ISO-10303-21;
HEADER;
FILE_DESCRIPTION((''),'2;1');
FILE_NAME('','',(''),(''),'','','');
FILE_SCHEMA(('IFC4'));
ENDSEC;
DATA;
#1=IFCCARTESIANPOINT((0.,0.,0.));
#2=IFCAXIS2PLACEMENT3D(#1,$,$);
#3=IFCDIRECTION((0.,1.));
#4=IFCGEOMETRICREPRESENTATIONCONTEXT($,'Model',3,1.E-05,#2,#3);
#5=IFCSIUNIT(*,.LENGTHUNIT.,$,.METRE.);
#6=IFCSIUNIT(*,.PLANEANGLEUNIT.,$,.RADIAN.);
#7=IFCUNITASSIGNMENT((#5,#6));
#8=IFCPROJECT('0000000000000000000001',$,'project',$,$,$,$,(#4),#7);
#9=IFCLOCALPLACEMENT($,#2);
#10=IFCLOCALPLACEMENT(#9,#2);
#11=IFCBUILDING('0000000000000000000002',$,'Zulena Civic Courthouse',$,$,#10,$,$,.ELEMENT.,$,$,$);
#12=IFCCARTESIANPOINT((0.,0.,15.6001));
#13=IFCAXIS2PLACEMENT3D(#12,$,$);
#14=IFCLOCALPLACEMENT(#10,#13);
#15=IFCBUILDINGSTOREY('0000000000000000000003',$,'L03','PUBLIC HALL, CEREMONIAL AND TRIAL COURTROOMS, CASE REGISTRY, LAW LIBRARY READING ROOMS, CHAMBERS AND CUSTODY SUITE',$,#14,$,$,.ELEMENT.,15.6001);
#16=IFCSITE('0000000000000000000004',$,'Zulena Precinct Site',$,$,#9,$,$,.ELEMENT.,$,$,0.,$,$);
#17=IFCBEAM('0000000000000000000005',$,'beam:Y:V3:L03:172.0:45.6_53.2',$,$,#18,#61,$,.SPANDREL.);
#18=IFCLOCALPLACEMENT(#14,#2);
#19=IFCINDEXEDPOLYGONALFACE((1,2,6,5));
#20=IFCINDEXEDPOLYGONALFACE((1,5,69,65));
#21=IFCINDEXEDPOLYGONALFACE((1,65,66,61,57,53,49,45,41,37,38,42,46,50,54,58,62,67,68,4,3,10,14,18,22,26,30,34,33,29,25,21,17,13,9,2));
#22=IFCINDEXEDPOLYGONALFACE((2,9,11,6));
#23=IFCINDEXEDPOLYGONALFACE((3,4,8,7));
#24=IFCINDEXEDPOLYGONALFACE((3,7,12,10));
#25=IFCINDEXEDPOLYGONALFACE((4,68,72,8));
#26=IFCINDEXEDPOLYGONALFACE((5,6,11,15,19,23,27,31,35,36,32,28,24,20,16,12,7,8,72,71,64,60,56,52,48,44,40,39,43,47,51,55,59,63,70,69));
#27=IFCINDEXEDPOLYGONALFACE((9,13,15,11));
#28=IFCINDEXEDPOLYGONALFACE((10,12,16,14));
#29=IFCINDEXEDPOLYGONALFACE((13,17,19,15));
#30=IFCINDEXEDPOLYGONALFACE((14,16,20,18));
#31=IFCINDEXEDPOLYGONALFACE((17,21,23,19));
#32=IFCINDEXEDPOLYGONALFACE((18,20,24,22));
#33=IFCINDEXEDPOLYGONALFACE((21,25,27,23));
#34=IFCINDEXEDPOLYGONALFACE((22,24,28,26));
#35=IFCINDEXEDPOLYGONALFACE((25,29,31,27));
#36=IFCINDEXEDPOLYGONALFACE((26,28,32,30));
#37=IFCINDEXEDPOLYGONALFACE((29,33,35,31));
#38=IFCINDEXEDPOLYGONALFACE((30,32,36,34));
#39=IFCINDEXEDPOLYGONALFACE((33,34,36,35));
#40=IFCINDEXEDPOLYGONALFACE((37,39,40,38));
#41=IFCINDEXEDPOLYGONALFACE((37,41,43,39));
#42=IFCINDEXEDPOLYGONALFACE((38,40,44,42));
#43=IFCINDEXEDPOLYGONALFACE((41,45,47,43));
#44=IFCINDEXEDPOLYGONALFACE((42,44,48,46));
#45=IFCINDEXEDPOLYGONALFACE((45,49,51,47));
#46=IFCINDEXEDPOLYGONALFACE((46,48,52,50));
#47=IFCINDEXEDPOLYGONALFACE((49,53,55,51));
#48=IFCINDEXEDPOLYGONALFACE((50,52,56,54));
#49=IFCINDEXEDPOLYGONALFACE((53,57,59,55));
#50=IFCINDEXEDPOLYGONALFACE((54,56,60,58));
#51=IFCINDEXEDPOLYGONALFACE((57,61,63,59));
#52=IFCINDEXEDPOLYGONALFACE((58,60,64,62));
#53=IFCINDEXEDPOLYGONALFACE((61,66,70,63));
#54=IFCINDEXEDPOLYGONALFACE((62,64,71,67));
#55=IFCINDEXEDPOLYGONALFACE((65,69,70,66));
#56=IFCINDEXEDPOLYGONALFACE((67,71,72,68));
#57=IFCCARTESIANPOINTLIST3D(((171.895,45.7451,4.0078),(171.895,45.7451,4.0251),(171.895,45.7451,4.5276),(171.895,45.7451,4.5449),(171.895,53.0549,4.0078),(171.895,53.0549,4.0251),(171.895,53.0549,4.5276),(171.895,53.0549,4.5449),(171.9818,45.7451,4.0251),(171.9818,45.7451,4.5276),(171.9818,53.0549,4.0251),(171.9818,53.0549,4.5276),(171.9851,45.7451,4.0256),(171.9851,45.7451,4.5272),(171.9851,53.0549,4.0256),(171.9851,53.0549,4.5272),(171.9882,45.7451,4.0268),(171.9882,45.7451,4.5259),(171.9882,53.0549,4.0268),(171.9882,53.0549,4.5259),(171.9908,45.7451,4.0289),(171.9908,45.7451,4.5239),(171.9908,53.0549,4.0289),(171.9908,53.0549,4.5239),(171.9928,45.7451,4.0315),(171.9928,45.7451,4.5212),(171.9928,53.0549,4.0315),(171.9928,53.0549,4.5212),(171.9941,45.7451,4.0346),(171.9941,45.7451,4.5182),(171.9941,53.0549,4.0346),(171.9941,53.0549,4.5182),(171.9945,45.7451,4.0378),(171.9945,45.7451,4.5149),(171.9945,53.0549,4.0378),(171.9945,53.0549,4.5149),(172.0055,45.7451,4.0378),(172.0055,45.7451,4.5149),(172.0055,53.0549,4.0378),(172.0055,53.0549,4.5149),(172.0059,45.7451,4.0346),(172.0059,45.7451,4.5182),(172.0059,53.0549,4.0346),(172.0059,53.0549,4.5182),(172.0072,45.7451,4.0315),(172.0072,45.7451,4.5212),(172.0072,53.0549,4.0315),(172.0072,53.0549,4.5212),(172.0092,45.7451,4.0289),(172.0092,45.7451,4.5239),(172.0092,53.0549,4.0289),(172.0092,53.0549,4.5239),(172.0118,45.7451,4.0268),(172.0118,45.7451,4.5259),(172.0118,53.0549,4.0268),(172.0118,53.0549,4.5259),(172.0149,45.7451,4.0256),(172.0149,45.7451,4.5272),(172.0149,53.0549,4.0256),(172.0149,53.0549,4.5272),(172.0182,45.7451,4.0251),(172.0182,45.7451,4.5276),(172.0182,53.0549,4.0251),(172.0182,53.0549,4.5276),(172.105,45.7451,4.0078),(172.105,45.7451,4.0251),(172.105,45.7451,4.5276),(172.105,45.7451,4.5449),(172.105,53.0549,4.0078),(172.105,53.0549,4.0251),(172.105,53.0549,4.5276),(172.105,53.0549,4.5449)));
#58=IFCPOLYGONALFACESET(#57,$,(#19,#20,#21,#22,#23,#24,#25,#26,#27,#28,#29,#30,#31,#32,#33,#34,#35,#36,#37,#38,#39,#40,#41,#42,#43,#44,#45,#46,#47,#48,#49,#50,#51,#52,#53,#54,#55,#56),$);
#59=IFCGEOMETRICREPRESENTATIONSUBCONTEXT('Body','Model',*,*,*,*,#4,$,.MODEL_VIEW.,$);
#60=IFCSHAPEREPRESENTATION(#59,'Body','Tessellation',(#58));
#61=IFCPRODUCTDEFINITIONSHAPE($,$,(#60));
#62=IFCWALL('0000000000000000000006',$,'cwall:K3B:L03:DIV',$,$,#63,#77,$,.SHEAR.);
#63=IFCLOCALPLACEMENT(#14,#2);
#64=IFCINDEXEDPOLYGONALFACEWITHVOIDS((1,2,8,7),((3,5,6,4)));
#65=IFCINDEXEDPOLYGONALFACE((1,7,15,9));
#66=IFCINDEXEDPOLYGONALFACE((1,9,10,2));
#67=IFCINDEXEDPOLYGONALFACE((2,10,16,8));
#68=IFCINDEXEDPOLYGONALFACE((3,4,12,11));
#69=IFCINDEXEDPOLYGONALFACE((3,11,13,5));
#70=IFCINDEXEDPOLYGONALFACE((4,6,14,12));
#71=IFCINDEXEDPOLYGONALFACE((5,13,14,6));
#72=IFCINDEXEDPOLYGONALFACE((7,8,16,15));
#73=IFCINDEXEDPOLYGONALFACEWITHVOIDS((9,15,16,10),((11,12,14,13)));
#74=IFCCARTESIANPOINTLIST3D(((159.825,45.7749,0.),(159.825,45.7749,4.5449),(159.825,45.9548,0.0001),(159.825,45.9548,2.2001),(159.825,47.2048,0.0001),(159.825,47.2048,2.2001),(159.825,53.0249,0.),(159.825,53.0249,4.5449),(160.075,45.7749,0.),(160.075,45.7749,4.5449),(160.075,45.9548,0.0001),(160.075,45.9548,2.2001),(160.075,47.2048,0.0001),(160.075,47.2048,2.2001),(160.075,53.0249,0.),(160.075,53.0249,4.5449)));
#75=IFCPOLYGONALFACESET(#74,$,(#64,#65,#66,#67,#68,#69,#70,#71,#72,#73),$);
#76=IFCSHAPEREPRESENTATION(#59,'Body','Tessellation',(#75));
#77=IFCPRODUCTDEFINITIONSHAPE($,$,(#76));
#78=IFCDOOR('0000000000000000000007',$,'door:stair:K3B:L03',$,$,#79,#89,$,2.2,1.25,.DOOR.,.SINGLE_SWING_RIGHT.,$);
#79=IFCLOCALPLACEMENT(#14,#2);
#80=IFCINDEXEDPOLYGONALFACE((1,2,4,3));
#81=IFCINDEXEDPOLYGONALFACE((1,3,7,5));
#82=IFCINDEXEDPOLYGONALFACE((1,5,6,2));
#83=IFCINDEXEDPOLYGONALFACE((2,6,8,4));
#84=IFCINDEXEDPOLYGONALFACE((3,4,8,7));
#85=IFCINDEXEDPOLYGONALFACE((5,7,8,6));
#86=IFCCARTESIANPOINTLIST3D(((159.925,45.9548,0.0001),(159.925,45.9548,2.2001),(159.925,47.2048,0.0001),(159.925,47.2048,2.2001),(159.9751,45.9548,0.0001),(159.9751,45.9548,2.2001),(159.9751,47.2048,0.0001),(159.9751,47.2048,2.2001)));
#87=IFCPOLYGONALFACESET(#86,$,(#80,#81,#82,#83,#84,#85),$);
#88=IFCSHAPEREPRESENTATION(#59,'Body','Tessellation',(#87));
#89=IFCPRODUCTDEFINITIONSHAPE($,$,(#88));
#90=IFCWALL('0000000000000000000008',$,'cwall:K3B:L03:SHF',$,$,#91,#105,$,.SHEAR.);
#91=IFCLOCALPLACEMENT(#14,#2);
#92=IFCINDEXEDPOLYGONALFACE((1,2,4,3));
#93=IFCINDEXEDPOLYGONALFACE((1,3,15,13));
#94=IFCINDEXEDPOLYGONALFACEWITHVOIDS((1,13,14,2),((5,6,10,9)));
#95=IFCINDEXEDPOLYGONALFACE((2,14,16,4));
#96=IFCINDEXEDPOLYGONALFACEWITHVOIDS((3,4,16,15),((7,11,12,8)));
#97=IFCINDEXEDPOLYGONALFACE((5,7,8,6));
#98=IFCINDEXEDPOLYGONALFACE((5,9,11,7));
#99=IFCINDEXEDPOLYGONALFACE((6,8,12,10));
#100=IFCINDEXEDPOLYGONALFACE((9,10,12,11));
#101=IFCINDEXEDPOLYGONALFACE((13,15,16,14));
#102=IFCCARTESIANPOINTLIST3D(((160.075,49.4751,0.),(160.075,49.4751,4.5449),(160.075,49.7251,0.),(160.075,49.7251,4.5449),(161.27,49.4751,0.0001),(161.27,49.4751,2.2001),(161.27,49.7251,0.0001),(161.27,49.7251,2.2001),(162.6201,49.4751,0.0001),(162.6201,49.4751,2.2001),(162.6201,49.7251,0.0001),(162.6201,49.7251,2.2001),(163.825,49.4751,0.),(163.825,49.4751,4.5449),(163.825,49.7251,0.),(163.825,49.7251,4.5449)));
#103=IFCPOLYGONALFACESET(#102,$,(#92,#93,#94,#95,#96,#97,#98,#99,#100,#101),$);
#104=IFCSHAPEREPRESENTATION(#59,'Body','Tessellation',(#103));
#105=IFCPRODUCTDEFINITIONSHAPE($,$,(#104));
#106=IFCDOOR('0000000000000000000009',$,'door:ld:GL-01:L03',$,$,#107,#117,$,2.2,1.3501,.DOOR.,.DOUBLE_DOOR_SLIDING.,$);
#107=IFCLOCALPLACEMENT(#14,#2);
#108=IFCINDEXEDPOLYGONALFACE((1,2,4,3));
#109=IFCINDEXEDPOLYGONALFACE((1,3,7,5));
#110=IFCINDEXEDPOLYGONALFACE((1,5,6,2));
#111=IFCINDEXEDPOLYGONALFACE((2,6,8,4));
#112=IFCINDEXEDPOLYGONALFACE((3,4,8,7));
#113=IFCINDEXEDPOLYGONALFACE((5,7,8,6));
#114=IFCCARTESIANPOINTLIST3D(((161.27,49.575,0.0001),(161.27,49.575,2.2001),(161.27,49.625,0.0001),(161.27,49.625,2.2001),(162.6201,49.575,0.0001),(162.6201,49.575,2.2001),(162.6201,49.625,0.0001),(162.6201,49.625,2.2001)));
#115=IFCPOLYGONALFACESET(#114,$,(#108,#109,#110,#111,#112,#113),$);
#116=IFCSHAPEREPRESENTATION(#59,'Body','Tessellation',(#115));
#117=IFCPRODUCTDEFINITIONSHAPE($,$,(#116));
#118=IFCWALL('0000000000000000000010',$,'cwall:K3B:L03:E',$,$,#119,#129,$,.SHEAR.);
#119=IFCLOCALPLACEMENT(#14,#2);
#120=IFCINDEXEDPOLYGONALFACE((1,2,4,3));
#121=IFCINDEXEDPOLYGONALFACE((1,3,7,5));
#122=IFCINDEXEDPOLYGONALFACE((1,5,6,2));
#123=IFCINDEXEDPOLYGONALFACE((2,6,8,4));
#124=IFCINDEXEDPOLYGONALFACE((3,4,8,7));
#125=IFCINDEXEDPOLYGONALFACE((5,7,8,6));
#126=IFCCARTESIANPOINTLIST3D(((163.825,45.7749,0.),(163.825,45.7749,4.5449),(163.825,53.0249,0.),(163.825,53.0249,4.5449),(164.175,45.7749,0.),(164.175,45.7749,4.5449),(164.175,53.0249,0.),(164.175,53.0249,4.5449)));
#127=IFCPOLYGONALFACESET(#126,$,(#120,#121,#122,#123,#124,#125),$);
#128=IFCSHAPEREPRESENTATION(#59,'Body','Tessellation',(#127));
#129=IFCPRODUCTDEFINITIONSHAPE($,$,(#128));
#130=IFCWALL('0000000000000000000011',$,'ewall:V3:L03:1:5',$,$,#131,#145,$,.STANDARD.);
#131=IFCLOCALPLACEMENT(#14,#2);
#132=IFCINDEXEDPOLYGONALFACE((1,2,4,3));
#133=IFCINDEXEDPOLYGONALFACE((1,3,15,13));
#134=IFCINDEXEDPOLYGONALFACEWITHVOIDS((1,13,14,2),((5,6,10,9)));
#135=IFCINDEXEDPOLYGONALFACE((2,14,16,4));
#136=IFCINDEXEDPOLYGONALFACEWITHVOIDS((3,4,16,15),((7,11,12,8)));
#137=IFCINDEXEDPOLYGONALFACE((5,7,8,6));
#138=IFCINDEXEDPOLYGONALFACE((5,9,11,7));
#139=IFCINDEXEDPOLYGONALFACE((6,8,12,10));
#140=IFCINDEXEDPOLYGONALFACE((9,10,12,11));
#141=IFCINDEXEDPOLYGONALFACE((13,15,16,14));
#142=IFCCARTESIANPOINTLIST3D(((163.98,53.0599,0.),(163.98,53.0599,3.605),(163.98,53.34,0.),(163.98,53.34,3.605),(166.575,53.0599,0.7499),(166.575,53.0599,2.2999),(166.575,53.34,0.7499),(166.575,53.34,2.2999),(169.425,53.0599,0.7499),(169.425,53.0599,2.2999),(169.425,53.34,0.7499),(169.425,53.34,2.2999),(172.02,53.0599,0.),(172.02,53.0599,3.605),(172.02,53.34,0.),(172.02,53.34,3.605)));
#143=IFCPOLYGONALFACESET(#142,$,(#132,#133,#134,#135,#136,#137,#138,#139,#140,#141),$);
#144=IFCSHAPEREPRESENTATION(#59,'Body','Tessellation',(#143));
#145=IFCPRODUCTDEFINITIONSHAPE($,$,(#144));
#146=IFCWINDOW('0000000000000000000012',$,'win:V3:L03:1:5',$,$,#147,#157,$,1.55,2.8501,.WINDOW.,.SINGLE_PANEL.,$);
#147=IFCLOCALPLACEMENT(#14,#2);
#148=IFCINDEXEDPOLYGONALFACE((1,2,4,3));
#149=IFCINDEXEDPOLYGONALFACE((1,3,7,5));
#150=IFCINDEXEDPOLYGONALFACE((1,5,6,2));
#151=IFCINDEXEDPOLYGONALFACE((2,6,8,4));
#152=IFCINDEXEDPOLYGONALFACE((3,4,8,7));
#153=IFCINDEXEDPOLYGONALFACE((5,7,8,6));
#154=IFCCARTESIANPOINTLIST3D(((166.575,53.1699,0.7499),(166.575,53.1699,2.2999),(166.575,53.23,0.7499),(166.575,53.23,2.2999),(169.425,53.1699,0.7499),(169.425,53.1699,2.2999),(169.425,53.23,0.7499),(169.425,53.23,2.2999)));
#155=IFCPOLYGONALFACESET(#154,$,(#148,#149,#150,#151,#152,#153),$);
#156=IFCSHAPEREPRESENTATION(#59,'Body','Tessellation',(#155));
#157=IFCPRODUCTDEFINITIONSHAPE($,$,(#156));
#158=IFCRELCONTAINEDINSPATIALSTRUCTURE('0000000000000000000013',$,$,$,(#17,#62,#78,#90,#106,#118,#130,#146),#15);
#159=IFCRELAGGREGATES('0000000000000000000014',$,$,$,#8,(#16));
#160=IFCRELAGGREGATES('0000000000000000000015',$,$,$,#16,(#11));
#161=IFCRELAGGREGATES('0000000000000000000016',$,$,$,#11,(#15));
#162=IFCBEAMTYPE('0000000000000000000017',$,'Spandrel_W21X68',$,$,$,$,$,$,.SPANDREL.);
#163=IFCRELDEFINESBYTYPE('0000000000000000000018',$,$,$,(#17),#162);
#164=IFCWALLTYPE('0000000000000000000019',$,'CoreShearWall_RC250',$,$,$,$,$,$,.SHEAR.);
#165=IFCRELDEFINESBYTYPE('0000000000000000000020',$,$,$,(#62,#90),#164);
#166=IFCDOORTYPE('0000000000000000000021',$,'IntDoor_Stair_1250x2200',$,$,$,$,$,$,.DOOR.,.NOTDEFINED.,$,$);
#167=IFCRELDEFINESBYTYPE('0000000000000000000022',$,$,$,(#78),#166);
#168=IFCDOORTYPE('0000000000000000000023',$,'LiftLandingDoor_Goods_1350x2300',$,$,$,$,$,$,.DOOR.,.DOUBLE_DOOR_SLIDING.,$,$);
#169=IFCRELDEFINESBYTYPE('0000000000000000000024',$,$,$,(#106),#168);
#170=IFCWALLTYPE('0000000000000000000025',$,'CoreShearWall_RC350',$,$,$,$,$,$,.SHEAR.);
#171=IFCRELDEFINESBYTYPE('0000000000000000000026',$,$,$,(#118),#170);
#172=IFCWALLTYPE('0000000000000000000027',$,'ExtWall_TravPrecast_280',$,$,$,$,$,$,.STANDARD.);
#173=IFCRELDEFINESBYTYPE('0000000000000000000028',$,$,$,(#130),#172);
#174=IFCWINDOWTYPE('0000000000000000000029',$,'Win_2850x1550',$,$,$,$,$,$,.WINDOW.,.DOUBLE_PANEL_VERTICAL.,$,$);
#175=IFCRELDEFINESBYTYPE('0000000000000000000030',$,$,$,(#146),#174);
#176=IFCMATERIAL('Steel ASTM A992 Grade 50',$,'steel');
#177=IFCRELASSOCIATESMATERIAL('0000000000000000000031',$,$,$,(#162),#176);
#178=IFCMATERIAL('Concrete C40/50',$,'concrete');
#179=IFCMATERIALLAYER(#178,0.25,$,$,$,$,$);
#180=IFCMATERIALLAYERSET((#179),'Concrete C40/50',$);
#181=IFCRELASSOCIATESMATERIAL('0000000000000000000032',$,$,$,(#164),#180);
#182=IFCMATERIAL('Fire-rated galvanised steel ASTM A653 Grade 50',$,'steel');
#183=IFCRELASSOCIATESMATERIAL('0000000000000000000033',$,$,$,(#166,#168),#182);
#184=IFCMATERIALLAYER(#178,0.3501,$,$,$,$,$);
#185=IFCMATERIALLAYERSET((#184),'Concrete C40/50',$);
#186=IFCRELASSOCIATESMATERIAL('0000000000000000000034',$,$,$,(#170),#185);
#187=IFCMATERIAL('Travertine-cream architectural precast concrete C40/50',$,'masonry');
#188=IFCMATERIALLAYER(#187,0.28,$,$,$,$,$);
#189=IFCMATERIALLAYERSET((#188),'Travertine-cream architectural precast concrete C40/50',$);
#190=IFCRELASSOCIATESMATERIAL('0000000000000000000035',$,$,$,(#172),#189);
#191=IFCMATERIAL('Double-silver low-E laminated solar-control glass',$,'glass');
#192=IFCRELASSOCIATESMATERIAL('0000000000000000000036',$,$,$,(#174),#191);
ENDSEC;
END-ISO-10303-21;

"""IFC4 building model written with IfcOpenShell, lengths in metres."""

from ifc_helpers import new_model, si_unit, direction, frame, frame_2d, origin, origin_2d, place, context, subcontext, project, spatial, rectangle, i_section, extrude, material, layer, layer_set, material_profile, profile_set, type_object, element, fill, save


model = new_model("IFC4")

# Units and contexts
model_context = context("Model", 3, precision=1e-05, world=origin(), true_north=direction((0.0, 1.0)))
body_context = subcontext(model_context, "Body", "Model", "MODEL_VIEW")
ifc_project = project(units=[si_unit("LENGTHUNIT", "METRE"), si_unit("PLANEANGLEUNIT", "RADIAN")], contexts=[model_context])

# Site, building, storey
site_placement = place(None, origin())
site = spatial("IfcSite", under=ifc_project, at=site_placement, Name="Zulena Precinct Site", CompositionType="ELEMENT", RefElevation=0.0)
building_placement = place(site_placement, origin())
building = spatial("IfcBuilding", under=site, at=building_placement, Name="Zulena Civic Courthouse", CompositionType="ELEMENT")
storey_placement = place(building_placement, frame((0.0, 0.0, 15.6001)))
storey = spatial("IfcBuildingStorey", under=building, at=storey_placement, Name="L03", Description="PUBLIC HALL, CEREMONIAL AND TRIAL COURTROOMS, CASE REGISTRY, LAW LIBRARY READING ROOMS, CHAMBERS AND CUSTODY SUITE", CompositionType="ELEMENT", Elevation=15.6001)

# Shared definitions
ifc_material_1 = material(Name="Steel ASTM A992 Grade 50", Category="steel")

# Beam
ifc_material_profile_1 = material_profile(ifc_material_1, i_section(OverallWidth=0.21, OverallDepth=0.5371, WebThickness=0.011, FlangeThickness=0.0173, FilletRadius=0.0127, at=origin_2d()), Name="W21X68")
ifc_profile_set_1 = profile_set([ifc_material_profile_1], Name="Steel ASTM A992 Grade 50")
beam_type_1 = type_object("IfcBeamType", Name="Spandrel_W21X68", PredefinedType="SPANDREL", material=ifc_profile_set_1)
for number, where, z_axis, x_axis, name in (
    (1, (172.0, 45.7451, 4.2764), (0.0, 1.0, 0.0), (-1.0, 0.0, 0.0), "beam:Y:V3:L03:172.0:45.6_53.2"),
):
    element("IfcBeam", number, at=place(storey_placement, frame(where, z_axis=z_axis, x_axis=x_axis)), inside=storey, type_object=beam_type_1, Name=name, PredefinedType="SPANDREL", context=body_context, shape_type="SweptSolid", body=[
        extrude(i_section(OverallWidth=0.21, OverallDepth=0.5371, WebThickness=0.011, FlangeThickness=0.0173, FilletRadius=0.0127, at=origin_2d()), origin(), (0.0, 0.0, 1.0), 7.3098),
    ])

# Walls, openings, doors
ifc_material_2 = material(Name="Concrete C40/50", Category="concrete")
ifc_layer_1 = layer(ifc_material_2, 0.25)
ifc_layer_set_1 = layer_set([ifc_layer_1], Name="Concrete C40/50")
wall_type_1 = type_object("IfcWallType", Name="CoreShearWall_RC250", PredefinedType="SHEAR", material=ifc_layer_set_1)
wall_1_placement = place(storey_placement, frame((159.95, 45.7749, 0.0), z_axis=(0.0, 0.0, 1.0), x_axis=(0.0, 1.0, 0.0)))
wall_1 = element("IfcWall", 2, at=wall_1_placement, inside=storey, type_object=wall_type_1, Name="cwall:K3B:L03:DIV", PredefinedType="SHEAR", context=body_context, shape_type="SweptSolid", body=[
    extrude(rectangle(XDim=7.25, YDim=0.25, at=frame_2d((3.625, 0.0))), origin(), (0.0, 0.0, 1.0), 4.5449),
])
opening_1_placement = place(wall_1_placement, frame((0.1799, 0.0, 0.0)))
opening_1 = element("IfcOpeningElement", 3, at=opening_1_placement, cuts=wall_1, PredefinedType="OPENING", context=body_context, shape_type="SweptSolid", body=[
    extrude(rectangle(XDim=1.25, YDim=2.2, at=frame_2d((0.625, 1.1001))), frame((0.0, 0.135, 0.0), z_axis=(0.0, -1.0, 0.0), x_axis=(1.0, 0.0, 0.0)), (0.0, 0.0, 1.0), 0.27),
])
ifc_material_3 = material(Name="Fire-rated galvanised steel ASTM A653 Grade 50", Category="steel")
door_type_1 = type_object("IfcDoorType", Name="IntDoor_Stair_1250x2200", OperationType="NOTDEFINED", PredefinedType="DOOR", material=ifc_material_3)
door_1_placement = place(opening_1_placement, origin())
door_1 = element("IfcDoor", 4, at=door_1_placement, inside=storey, type_object=door_type_1, Name="door:stair:K3B:L03", OperationType="SINGLE_SWING_RIGHT", OverallHeight=2.2, OverallWidth=1.25, PredefinedType="DOOR", context=body_context, shape_type="SweptSolid", body=[
    extrude(rectangle(XDim=1.25, YDim=2.2, at=frame_2d((0.625, 1.1001))), frame((0.0, 0.0249, 0.0), z_axis=(0.0, -1.0, 0.0), x_axis=(1.0, 0.0, 0.0)), (0.0, 0.0, 1.0), 0.05),
])
fill(opening_1, door_1)
wall_2_placement = place(storey_placement, frame((160.075, 49.6001, 0.0), z_axis=(0.0, 0.0, 1.0), x_axis=(1.0, 0.0, 0.0)))
wall_2 = element("IfcWall", 5, at=wall_2_placement, inside=storey, type_object=wall_type_1, Name="cwall:K3B:L03:SHF", PredefinedType="SHEAR", context=body_context, shape_type="SweptSolid", body=[
    extrude(rectangle(XDim=3.75, YDim=0.25, at=frame_2d((1.875, 0.0))), origin(), (0.0, 0.0, 1.0), 4.5449),
])
opening_2_placement = place(wall_2_placement, frame((1.1951, 0.0, 0.0)))
opening_2 = element("IfcOpeningElement", 6, at=opening_2_placement, cuts=wall_2, PredefinedType="OPENING", context=body_context, shape_type="SweptSolid", body=[
    extrude(rectangle(XDim=1.3501, YDim=2.2, at=frame_2d((0.675, 1.1001))), frame((0.0, 0.135, 0.0), z_axis=(0.0, -1.0, 0.0), x_axis=(1.0, 0.0, 0.0)), (0.0, 0.0, 1.0), 0.27),
])
door_type_2 = type_object("IfcDoorType", Name="LiftLandingDoor_Goods_1350x2300", OperationType="DOUBLE_DOOR_SLIDING", PredefinedType="DOOR", material=ifc_material_3)
door_2_placement = place(opening_2_placement, origin())
door_2 = element("IfcDoor", 7, at=door_2_placement, inside=storey, type_object=door_type_2, Name="door:ld:GL-01:L03", OperationType="DOUBLE_DOOR_SLIDING", OverallHeight=2.2, OverallWidth=1.3501, PredefinedType="DOOR", context=body_context, shape_type="SweptSolid", body=[
    extrude(rectangle(XDim=1.3501, YDim=2.2, at=frame_2d((0.675, 1.1001))), frame((0.0, 0.0249, 0.0), z_axis=(0.0, -1.0, 0.0), x_axis=(1.0, 0.0, 0.0)), (0.0, 0.0, 1.0), 0.05),
])
fill(opening_2, door_2)

# Wall
ifc_layer_2 = layer(ifc_material_2, 0.3501)
ifc_layer_set_2 = layer_set([ifc_layer_2], Name="Concrete C40/50")
wall_type_2 = type_object("IfcWallType", Name="CoreShearWall_RC350", PredefinedType="SHEAR", material=ifc_layer_set_2)
wall_3_placement = place(storey_placement, frame((164.0, 45.7749, 0.0), z_axis=(0.0, 0.0, 1.0), x_axis=(0.0, 1.0, 0.0)))
element("IfcWall", 8, at=wall_3_placement, inside=storey, type_object=wall_type_2, Name="cwall:K3B:L03:E", PredefinedType="SHEAR", context=body_context, shape_type="SweptSolid", body=[
    extrude(rectangle(XDim=7.25, YDim=0.3501, at=frame_2d((3.625, 0.0))), origin(), (0.0, 0.0, 1.0), 4.5449),
])

# Wall, opening, window
ifc_material_4 = material(Name="Travertine-cream architectural precast concrete C40/50", Category="masonry")
ifc_layer_3 = layer(ifc_material_4, 0.28)
ifc_layer_set_3 = layer_set([ifc_layer_3], Name="Travertine-cream architectural precast concrete C40/50")
wall_type_3 = type_object("IfcWallType", Name="ExtWall_TravPrecast_280", PredefinedType="STANDARD", material=ifc_layer_set_3)
wall_4_placement = place(storey_placement, frame((163.98, 53.2, 0.0), z_axis=(0.0, 0.0, 1.0), x_axis=(1.0, 0.0, 0.0)))
wall_4 = element("IfcWall", 9, at=wall_4_placement, inside=storey, type_object=wall_type_3, Name="ewall:V3:L03:1:5", PredefinedType="STANDARD", context=body_context, shape_type="SweptSolid", body=[
    extrude(rectangle(XDim=8.04, YDim=0.28, at=frame_2d((4.02, 0.0))), origin(), (0.0, 0.0, 1.0), 3.605),
])
opening_3_placement = place(wall_4_placement, frame((2.595, 0.0, 0.75)))
opening_3 = element("IfcOpeningElement", 10, at=opening_3_placement, cuts=wall_4, PredefinedType="OPENING", context=body_context, shape_type="SweptSolid", body=[
    extrude(rectangle(XDim=2.8501, YDim=1.55, at=frame_2d((1.425, 0.7749))), frame((0.0, 0.1499, 0.0), z_axis=(0.0, -1.0, 0.0), x_axis=(1.0, 0.0, 0.0)), (0.0, 0.0, 1.0), 0.3),
])
ifc_material_5 = material(Name="Double-silver low-E laminated solar-control glass", Category="glass")
window_type_1 = type_object("IfcWindowType", Name="Win_2850x1550", PartitioningType="DOUBLE_PANEL_VERTICAL", PredefinedType="WINDOW", material=ifc_material_5)
window_1_placement = place(opening_3_placement, origin())
window_1 = element("IfcWindow", 11, at=window_1_placement, inside=storey, type_object=window_type_1, Name="win:V3:L03:1:5", OverallHeight=1.55, OverallWidth=2.8501, PartitioningType="SINGLE_PANEL", PredefinedType="WINDOW", context=body_context, shape_type="SweptSolid", body=[
    extrude(rectangle(XDim=2.8501, YDim=1.55, at=frame_2d((1.425, 0.7749))), frame((0.0, 0.03, 0.0), z_axis=(0.0, -1.0, 0.0), x_axis=(1.0, 0.0, 0.0)), (0.0, 0.0, 1.0), 0.0601),
])
fill(opening_3, window_1)

save(model, "model.ifc")
